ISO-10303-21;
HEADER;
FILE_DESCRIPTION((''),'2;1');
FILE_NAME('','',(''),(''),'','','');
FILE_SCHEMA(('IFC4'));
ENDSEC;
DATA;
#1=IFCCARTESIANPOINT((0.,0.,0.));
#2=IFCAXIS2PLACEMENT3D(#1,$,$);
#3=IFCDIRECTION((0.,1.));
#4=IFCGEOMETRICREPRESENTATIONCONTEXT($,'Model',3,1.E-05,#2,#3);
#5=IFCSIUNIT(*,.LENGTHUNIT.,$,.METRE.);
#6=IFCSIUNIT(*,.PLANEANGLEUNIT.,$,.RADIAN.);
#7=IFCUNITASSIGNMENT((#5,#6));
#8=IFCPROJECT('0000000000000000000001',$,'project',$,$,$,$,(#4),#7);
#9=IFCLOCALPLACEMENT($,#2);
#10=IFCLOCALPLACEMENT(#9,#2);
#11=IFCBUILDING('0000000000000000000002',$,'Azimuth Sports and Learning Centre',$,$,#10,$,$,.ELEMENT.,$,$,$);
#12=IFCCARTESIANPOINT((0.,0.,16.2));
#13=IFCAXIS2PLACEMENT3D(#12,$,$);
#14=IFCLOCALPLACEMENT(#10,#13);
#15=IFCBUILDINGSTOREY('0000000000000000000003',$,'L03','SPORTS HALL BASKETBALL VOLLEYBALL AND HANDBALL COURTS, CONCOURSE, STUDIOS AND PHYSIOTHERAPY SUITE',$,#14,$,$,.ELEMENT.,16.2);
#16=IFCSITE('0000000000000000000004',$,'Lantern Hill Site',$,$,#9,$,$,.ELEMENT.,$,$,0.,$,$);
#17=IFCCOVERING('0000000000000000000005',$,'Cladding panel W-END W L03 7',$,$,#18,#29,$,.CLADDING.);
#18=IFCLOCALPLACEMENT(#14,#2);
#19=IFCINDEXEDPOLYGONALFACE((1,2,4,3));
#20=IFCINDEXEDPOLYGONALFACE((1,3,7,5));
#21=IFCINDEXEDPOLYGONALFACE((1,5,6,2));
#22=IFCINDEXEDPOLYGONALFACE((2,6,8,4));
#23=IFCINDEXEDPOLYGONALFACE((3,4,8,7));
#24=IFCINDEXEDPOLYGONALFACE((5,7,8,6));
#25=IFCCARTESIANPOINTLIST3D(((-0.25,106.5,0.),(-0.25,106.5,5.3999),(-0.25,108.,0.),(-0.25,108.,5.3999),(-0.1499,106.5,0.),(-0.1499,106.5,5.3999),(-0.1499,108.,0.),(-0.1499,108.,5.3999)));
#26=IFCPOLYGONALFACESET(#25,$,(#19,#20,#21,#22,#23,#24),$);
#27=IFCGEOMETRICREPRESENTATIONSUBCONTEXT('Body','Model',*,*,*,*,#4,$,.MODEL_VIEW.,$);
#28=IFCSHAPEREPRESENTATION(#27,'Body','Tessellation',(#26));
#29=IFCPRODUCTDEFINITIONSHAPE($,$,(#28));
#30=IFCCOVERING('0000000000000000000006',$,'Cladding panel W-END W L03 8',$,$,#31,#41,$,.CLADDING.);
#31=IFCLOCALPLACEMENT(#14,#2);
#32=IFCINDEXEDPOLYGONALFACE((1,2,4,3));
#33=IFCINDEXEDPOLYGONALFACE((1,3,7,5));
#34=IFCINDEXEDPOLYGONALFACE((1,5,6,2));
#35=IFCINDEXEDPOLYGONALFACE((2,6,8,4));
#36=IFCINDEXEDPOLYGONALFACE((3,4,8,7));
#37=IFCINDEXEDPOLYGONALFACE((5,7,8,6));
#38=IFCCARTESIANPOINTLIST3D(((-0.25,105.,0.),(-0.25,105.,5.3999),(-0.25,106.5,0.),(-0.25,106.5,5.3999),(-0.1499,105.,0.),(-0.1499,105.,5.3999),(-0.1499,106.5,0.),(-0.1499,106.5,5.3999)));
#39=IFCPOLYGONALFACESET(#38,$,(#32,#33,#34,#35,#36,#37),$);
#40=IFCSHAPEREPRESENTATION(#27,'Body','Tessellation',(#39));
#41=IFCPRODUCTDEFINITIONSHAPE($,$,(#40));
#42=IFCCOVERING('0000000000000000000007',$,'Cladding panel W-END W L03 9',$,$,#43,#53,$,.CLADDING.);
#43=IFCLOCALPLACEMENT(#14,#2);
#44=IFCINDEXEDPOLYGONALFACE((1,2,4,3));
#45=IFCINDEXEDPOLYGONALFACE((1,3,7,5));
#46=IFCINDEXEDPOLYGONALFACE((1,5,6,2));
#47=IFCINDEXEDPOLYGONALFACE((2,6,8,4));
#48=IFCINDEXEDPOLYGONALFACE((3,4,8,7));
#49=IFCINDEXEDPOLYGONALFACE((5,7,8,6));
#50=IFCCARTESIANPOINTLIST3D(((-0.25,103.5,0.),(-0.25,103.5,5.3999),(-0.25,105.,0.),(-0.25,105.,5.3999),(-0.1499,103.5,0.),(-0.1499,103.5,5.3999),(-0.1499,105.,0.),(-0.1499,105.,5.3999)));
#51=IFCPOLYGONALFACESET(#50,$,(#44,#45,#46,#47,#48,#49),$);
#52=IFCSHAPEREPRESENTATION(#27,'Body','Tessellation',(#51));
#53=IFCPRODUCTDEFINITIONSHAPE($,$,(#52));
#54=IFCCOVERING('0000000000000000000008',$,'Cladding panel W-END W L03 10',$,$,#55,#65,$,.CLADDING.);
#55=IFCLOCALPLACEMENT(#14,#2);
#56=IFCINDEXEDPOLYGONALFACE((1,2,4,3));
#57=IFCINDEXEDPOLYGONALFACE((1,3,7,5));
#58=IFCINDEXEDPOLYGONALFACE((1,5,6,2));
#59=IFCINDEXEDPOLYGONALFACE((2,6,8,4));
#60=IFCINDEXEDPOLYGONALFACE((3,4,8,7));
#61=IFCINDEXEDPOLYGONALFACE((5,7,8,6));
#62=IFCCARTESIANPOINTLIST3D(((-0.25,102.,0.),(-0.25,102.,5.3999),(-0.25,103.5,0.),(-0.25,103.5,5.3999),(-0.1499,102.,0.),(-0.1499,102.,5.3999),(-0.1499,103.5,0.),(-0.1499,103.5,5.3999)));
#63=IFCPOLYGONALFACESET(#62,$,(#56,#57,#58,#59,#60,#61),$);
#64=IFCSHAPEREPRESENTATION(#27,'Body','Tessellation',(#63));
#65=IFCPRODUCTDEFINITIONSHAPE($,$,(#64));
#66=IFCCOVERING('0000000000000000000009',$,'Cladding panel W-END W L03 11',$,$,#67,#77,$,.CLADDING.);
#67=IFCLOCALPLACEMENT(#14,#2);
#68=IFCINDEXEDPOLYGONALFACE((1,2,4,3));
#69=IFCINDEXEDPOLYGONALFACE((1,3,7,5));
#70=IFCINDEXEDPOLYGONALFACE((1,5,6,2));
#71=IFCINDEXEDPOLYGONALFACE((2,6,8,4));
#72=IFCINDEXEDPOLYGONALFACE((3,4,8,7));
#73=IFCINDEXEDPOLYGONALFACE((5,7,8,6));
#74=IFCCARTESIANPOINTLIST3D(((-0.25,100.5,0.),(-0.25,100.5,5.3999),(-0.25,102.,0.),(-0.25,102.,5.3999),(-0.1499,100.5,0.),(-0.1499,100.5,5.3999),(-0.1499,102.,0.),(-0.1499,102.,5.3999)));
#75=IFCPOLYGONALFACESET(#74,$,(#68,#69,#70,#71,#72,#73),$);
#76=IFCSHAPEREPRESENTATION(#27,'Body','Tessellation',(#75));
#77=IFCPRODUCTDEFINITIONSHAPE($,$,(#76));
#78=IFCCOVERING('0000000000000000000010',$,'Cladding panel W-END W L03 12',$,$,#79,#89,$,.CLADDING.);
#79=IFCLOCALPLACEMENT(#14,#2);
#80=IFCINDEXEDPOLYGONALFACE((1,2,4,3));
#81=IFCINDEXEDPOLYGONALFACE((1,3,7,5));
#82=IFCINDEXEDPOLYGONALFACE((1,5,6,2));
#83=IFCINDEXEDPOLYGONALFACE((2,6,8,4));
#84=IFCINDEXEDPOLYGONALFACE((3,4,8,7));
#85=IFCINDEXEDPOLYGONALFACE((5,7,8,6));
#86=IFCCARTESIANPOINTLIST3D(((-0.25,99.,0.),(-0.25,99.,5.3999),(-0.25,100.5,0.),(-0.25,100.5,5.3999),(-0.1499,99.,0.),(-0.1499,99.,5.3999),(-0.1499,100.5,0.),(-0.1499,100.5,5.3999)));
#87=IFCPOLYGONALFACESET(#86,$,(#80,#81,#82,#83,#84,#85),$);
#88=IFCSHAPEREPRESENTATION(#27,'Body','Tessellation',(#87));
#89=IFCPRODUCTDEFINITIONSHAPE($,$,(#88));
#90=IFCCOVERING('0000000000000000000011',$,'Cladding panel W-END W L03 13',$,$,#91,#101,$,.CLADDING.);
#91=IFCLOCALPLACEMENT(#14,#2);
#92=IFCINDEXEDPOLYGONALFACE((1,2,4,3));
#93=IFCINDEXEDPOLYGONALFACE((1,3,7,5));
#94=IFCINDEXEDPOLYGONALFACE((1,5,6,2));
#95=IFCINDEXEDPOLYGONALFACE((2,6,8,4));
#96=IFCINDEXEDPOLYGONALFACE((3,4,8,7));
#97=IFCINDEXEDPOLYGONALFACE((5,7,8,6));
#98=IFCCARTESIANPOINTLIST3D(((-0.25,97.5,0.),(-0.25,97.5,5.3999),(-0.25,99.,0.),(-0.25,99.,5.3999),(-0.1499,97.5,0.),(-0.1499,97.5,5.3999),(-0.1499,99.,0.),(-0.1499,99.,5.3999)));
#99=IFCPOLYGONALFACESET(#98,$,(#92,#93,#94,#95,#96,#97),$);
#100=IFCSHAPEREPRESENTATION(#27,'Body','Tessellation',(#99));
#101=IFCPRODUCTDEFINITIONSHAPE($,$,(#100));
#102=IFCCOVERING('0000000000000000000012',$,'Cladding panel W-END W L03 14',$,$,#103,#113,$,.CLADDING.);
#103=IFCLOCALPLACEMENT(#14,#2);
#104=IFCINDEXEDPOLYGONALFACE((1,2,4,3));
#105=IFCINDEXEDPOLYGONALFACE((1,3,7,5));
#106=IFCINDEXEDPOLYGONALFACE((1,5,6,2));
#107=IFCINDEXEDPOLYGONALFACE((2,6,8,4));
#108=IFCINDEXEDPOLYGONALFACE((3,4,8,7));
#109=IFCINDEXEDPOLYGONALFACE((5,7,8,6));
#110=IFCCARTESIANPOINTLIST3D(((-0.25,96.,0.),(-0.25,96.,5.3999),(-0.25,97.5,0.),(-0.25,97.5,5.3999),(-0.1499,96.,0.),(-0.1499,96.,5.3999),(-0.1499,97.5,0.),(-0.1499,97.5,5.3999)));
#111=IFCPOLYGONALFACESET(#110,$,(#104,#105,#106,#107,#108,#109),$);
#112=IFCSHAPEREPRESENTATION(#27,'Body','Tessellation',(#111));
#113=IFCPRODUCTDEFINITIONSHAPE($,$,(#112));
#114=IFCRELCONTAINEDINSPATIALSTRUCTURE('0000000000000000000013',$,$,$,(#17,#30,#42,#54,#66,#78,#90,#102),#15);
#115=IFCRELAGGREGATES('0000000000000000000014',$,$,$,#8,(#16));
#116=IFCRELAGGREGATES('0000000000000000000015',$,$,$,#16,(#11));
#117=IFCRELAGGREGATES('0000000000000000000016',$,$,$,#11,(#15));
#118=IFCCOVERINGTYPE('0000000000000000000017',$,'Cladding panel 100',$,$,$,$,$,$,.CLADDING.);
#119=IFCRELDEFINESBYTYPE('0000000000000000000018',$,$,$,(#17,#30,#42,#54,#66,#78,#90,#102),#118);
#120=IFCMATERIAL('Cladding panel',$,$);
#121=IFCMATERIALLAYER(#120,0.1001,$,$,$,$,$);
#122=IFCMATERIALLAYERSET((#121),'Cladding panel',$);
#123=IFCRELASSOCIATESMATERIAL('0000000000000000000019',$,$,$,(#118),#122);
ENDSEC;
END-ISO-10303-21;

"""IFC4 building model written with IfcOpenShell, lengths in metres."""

from ifc_helpers import new_model, si_unit, direction, frame, origin, origin_2d, place, context, subcontext, project, spatial, rectangle, extrude, material, layer, layer_set, type_object, element, save


model = new_model("IFC4")

# Units and contexts
model_context = context("Model", 3, precision=1e-05, world=origin(), true_north=direction((0.0, 1.0)))
body_context = subcontext(model_context, "Body", "Model", "MODEL_VIEW")
ifc_project = project(units=[si_unit("LENGTHUNIT", "METRE"), si_unit("PLANEANGLEUNIT", "RADIAN")], contexts=[model_context])

# Site, building, storey
site_placement = place(None, origin())
site = spatial("IfcSite", under=ifc_project, at=site_placement, Name="Lantern Hill Site", CompositionType="ELEMENT", RefElevation=0.0)
building_placement = place(site_placement, origin())
building = spatial("IfcBuilding", under=site, at=building_placement, Name="Azimuth Sports and Learning Centre", CompositionType="ELEMENT")
storey_placement = place(building_placement, frame((0.0, 0.0, 16.2)))
storey = spatial("IfcBuildingStorey", under=building, at=storey_placement, Name="L03", Description="SPORTS HALL BASKETBALL VOLLEYBALL AND HANDBALL COURTS, CONCOURSE, STUDIOS AND PHYSIOTHERAPY SUITE", CompositionType="ELEMENT", Elevation=16.2)

# Coverings
ifc_material_1 = material(Name="Cladding panel")
ifc_layer_1 = layer(ifc_material_1, 0.1001)
ifc_layer_set_1 = layer_set([ifc_layer_1], Name="Cladding panel")
covering_type = type_object("IfcCoveringType", Name="Cladding panel 100", PredefinedType="CLADDING", material=ifc_layer_set_1)
for number, where, z_axis, x_axis, name in (
    (1, (-0.2, 107.25, 0.0), (0.0, 0.0, 1.0), (0.0, -1.0, 0.0), "Cladding panel W-END W L03 7"),
    (2, (-0.2, 105.75, 0.0), (0.0, 0.0, 1.0), (0.0, -1.0, 0.0), "Cladding panel W-END W L03 8"),
    (3, (-0.2, 104.25, 0.0), (0.0, 0.0, 1.0), (0.0, -1.0, 0.0), "Cladding panel W-END W L03 9"),
    (4, (-0.2, 102.75, 0.0), (0.0, 0.0, 1.0), (0.0, -1.0, 0.0), "Cladding panel W-END W L03 10"),
    (5, (-0.2, 101.25, 0.0), (0.0, 0.0, 1.0), (0.0, -1.0, 0.0), "Cladding panel W-END W L03 11"),
    (6, (-0.2, 99.75, 0.0), (0.0, 0.0, 1.0), (0.0, -1.0, 0.0), "Cladding panel W-END W L03 12"),
    (7, (-0.2, 98.25, 0.0), (0.0, 0.0, 1.0), (0.0, -1.0, 0.0), "Cladding panel W-END W L03 13"),
    (8, (-0.2, 96.75, 0.0), (0.0, 0.0, 1.0), (0.0, -1.0, 0.0), "Cladding panel W-END W L03 14"),
):
    element("IfcCovering", number, at=place(storey_placement, frame(where, z_axis=z_axis, x_axis=x_axis)), inside=storey, type_object=covering_type, Name=name, PredefinedType="CLADDING", context=body_context, shape_type="SweptSolid", body=[
        extrude(rectangle(XDim=1.5, YDim=0.1001, at=origin_2d()), origin(), (0.0, 0.0, 1.0), 5.3999),
    ])

save(model, "model.ifc")
